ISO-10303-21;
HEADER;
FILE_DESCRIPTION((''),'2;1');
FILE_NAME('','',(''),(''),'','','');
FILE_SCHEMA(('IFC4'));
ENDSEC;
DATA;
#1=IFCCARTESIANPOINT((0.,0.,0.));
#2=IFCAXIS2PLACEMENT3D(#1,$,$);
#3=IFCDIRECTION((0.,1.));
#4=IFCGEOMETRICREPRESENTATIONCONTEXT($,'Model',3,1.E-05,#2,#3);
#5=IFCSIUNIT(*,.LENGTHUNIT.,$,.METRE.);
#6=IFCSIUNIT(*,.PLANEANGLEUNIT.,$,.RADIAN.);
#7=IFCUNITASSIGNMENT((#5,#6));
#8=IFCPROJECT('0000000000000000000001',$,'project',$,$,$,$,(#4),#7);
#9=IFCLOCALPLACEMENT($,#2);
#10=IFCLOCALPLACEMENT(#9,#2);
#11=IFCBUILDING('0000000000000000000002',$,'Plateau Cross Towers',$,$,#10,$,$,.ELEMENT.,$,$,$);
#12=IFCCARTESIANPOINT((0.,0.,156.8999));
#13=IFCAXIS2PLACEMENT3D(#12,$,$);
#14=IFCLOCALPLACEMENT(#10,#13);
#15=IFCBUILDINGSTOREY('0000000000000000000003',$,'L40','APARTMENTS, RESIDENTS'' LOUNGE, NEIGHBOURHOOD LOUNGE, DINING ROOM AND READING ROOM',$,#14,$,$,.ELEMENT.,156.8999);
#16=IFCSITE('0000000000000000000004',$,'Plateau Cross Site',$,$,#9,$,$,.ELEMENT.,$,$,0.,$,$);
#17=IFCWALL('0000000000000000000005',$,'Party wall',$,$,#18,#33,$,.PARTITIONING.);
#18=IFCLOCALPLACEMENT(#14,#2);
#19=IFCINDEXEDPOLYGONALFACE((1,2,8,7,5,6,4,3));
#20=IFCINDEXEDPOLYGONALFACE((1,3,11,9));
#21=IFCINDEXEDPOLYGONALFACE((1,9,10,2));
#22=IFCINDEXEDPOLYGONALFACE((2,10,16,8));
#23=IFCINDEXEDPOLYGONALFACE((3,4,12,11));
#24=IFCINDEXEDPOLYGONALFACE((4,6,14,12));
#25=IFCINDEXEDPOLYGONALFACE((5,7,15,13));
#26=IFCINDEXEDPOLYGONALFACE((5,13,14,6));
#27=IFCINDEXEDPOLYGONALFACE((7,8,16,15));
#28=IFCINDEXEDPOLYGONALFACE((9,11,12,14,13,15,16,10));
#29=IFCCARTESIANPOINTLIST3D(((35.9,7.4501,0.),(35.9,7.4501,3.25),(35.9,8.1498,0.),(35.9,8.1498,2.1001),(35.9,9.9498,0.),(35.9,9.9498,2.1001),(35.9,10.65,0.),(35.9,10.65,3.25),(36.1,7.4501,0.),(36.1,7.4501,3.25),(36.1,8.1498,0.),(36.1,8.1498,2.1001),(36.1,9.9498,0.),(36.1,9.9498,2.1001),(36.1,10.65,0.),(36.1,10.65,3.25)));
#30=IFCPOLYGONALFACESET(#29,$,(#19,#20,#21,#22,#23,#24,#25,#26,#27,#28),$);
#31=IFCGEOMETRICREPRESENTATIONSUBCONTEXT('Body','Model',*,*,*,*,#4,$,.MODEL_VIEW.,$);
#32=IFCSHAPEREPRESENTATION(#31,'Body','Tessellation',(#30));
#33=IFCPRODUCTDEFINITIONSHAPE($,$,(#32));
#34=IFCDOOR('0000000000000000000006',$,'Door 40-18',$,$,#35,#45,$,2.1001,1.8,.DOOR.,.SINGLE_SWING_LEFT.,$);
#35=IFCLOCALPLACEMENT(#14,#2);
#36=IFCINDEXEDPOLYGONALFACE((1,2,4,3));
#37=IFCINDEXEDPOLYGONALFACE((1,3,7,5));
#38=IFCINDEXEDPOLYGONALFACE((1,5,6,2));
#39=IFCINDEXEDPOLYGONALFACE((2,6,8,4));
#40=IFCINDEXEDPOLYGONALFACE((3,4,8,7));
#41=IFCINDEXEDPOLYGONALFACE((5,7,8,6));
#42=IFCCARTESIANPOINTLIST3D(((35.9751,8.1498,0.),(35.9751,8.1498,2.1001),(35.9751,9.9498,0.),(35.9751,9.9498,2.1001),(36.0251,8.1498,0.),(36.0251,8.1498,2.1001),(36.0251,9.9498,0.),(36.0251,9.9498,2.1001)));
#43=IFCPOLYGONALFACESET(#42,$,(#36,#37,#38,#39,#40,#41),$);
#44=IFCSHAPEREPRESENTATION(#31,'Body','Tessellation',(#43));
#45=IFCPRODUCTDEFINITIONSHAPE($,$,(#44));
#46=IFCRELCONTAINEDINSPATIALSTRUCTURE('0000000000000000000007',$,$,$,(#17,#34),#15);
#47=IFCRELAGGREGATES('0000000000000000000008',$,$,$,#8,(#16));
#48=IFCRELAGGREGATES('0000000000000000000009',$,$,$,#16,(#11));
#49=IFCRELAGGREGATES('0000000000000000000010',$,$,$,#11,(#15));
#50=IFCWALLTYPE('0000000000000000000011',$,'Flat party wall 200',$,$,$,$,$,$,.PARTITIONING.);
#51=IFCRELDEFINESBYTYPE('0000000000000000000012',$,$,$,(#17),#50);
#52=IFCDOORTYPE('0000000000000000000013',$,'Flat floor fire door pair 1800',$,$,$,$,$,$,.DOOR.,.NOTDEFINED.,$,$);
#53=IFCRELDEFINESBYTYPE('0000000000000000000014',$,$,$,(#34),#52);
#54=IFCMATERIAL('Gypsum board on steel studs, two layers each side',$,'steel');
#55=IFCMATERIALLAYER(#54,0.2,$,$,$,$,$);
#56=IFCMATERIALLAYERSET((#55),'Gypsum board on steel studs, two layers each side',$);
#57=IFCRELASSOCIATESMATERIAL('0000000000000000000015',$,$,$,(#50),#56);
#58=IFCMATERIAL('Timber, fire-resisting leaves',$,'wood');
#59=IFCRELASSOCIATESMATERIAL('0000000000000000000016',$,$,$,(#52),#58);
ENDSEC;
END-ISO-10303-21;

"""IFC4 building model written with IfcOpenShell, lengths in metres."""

from ifc_helpers import new_model, si_unit, direction, frame, frame_2d, origin, place, context, subcontext, project, spatial, rectangle, extrude, material, layer, layer_set, type_object, element, fill, save


model = new_model("IFC4")

# Units and contexts
model_context = context("Model", 3, precision=1e-05, world=origin(), true_north=direction((0.0, 1.0)))
body_context = subcontext(model_context, "Body", "Model", "MODEL_VIEW")
ifc_project = project(units=[si_unit("LENGTHUNIT", "METRE"), si_unit("PLANEANGLEUNIT", "RADIAN")], contexts=[model_context])

# Site, building, storey
site_placement = place(None, origin())
site = spatial("IfcSite", under=ifc_project, at=site_placement, Name="Plateau Cross Site", CompositionType="ELEMENT", RefElevation=0.0)
building_placement = place(site_placement, origin())
building = spatial("IfcBuilding", under=site, at=building_placement, Name="Plateau Cross Towers", CompositionType="ELEMENT")
storey_placement = place(building_placement, frame((0.0, 0.0, 156.8999)))
storey = spatial("IfcBuildingStorey", under=building, at=storey_placement, Name="L40", Description="APARTMENTS, RESIDENTS' LOUNGE, NEIGHBOURHOOD LOUNGE, DINING ROOM AND READING ROOM", CompositionType="ELEMENT", Elevation=156.8999)

# Shared definitions
ifc_material_1 = material(Name="Gypsum board on steel studs, two layers each side", Category="steel")
ifc_layer_1 = layer(ifc_material_1, 0.2)
ifc_layer_set_1 = layer_set([ifc_layer_1], Name="Gypsum board on steel studs, two layers each side")
wall_type_1 = type_object("IfcWallType", Name="Flat party wall 200", PredefinedType="PARTITIONING", material=ifc_layer_set_1)

# Wall, opening, door
wall_1_placement = place(storey_placement, frame((36.0, 7.45, 0.0), z_axis=(0.0, 0.0, 1.0), x_axis=(0.0, 1.0, 0.0)))
wall_1 = element("IfcWall", 1, at=wall_1_placement, inside=storey, type_object=wall_type_1, Name="Party wall", PredefinedType="PARTITIONING", context=body_context, shape_type="SweptSolid", body=[
    extrude(rectangle(XDim=3.2, YDim=0.2, at=frame_2d((1.6001, 0.0))), origin(), (0.0, 0.0, 1.0), 3.25),
])
opening_1_placement = place(wall_1_placement, frame((0.7, 0.0, 0.0)))
opening_1 = element("IfcOpeningElement", 2, at=opening_1_placement, cuts=wall_1, PredefinedType="OPENING", context=body_context, shape_type="SweptSolid", body=[
    extrude(rectangle(XDim=1.8, YDim=2.1001, at=frame_2d((0.8999, 1.05))), frame((0.0, 0.1099, 0.0), z_axis=(0.0, -1.0, 0.0), x_axis=(1.0, 0.0, 0.0)), (0.0, 0.0, 1.0), 0.22),
])
ifc_material_2 = material(Name="Timber, fire-resisting leaves", Category="wood")
door_type_1 = type_object("IfcDoorType", Name="Flat floor fire door pair 1800", OperationType="NOTDEFINED", PredefinedType="DOOR", material=ifc_material_2)
door_1_placement = place(opening_1_placement, origin())
door_1 = element("IfcDoor", 3, at=door_1_placement, inside=storey, type_object=door_type_1, Name="Door 40-18", OperationType="SINGLE_SWING_LEFT", OverallHeight=2.1001, OverallWidth=1.8, PredefinedType="DOOR", context=body_context, shape_type="SweptSolid", body=[
    extrude(rectangle(XDim=1.8, YDim=2.1001, at=frame_2d((0.8999, 1.05))), frame((0.0, 0.0249, 0.0), z_axis=(0.0, -1.0, 0.0), x_axis=(1.0, 0.0, 0.0)), (0.0, 0.0, 1.0), 0.05),
])
fill(opening_1, door_1)

save(model, "model.ifc")
